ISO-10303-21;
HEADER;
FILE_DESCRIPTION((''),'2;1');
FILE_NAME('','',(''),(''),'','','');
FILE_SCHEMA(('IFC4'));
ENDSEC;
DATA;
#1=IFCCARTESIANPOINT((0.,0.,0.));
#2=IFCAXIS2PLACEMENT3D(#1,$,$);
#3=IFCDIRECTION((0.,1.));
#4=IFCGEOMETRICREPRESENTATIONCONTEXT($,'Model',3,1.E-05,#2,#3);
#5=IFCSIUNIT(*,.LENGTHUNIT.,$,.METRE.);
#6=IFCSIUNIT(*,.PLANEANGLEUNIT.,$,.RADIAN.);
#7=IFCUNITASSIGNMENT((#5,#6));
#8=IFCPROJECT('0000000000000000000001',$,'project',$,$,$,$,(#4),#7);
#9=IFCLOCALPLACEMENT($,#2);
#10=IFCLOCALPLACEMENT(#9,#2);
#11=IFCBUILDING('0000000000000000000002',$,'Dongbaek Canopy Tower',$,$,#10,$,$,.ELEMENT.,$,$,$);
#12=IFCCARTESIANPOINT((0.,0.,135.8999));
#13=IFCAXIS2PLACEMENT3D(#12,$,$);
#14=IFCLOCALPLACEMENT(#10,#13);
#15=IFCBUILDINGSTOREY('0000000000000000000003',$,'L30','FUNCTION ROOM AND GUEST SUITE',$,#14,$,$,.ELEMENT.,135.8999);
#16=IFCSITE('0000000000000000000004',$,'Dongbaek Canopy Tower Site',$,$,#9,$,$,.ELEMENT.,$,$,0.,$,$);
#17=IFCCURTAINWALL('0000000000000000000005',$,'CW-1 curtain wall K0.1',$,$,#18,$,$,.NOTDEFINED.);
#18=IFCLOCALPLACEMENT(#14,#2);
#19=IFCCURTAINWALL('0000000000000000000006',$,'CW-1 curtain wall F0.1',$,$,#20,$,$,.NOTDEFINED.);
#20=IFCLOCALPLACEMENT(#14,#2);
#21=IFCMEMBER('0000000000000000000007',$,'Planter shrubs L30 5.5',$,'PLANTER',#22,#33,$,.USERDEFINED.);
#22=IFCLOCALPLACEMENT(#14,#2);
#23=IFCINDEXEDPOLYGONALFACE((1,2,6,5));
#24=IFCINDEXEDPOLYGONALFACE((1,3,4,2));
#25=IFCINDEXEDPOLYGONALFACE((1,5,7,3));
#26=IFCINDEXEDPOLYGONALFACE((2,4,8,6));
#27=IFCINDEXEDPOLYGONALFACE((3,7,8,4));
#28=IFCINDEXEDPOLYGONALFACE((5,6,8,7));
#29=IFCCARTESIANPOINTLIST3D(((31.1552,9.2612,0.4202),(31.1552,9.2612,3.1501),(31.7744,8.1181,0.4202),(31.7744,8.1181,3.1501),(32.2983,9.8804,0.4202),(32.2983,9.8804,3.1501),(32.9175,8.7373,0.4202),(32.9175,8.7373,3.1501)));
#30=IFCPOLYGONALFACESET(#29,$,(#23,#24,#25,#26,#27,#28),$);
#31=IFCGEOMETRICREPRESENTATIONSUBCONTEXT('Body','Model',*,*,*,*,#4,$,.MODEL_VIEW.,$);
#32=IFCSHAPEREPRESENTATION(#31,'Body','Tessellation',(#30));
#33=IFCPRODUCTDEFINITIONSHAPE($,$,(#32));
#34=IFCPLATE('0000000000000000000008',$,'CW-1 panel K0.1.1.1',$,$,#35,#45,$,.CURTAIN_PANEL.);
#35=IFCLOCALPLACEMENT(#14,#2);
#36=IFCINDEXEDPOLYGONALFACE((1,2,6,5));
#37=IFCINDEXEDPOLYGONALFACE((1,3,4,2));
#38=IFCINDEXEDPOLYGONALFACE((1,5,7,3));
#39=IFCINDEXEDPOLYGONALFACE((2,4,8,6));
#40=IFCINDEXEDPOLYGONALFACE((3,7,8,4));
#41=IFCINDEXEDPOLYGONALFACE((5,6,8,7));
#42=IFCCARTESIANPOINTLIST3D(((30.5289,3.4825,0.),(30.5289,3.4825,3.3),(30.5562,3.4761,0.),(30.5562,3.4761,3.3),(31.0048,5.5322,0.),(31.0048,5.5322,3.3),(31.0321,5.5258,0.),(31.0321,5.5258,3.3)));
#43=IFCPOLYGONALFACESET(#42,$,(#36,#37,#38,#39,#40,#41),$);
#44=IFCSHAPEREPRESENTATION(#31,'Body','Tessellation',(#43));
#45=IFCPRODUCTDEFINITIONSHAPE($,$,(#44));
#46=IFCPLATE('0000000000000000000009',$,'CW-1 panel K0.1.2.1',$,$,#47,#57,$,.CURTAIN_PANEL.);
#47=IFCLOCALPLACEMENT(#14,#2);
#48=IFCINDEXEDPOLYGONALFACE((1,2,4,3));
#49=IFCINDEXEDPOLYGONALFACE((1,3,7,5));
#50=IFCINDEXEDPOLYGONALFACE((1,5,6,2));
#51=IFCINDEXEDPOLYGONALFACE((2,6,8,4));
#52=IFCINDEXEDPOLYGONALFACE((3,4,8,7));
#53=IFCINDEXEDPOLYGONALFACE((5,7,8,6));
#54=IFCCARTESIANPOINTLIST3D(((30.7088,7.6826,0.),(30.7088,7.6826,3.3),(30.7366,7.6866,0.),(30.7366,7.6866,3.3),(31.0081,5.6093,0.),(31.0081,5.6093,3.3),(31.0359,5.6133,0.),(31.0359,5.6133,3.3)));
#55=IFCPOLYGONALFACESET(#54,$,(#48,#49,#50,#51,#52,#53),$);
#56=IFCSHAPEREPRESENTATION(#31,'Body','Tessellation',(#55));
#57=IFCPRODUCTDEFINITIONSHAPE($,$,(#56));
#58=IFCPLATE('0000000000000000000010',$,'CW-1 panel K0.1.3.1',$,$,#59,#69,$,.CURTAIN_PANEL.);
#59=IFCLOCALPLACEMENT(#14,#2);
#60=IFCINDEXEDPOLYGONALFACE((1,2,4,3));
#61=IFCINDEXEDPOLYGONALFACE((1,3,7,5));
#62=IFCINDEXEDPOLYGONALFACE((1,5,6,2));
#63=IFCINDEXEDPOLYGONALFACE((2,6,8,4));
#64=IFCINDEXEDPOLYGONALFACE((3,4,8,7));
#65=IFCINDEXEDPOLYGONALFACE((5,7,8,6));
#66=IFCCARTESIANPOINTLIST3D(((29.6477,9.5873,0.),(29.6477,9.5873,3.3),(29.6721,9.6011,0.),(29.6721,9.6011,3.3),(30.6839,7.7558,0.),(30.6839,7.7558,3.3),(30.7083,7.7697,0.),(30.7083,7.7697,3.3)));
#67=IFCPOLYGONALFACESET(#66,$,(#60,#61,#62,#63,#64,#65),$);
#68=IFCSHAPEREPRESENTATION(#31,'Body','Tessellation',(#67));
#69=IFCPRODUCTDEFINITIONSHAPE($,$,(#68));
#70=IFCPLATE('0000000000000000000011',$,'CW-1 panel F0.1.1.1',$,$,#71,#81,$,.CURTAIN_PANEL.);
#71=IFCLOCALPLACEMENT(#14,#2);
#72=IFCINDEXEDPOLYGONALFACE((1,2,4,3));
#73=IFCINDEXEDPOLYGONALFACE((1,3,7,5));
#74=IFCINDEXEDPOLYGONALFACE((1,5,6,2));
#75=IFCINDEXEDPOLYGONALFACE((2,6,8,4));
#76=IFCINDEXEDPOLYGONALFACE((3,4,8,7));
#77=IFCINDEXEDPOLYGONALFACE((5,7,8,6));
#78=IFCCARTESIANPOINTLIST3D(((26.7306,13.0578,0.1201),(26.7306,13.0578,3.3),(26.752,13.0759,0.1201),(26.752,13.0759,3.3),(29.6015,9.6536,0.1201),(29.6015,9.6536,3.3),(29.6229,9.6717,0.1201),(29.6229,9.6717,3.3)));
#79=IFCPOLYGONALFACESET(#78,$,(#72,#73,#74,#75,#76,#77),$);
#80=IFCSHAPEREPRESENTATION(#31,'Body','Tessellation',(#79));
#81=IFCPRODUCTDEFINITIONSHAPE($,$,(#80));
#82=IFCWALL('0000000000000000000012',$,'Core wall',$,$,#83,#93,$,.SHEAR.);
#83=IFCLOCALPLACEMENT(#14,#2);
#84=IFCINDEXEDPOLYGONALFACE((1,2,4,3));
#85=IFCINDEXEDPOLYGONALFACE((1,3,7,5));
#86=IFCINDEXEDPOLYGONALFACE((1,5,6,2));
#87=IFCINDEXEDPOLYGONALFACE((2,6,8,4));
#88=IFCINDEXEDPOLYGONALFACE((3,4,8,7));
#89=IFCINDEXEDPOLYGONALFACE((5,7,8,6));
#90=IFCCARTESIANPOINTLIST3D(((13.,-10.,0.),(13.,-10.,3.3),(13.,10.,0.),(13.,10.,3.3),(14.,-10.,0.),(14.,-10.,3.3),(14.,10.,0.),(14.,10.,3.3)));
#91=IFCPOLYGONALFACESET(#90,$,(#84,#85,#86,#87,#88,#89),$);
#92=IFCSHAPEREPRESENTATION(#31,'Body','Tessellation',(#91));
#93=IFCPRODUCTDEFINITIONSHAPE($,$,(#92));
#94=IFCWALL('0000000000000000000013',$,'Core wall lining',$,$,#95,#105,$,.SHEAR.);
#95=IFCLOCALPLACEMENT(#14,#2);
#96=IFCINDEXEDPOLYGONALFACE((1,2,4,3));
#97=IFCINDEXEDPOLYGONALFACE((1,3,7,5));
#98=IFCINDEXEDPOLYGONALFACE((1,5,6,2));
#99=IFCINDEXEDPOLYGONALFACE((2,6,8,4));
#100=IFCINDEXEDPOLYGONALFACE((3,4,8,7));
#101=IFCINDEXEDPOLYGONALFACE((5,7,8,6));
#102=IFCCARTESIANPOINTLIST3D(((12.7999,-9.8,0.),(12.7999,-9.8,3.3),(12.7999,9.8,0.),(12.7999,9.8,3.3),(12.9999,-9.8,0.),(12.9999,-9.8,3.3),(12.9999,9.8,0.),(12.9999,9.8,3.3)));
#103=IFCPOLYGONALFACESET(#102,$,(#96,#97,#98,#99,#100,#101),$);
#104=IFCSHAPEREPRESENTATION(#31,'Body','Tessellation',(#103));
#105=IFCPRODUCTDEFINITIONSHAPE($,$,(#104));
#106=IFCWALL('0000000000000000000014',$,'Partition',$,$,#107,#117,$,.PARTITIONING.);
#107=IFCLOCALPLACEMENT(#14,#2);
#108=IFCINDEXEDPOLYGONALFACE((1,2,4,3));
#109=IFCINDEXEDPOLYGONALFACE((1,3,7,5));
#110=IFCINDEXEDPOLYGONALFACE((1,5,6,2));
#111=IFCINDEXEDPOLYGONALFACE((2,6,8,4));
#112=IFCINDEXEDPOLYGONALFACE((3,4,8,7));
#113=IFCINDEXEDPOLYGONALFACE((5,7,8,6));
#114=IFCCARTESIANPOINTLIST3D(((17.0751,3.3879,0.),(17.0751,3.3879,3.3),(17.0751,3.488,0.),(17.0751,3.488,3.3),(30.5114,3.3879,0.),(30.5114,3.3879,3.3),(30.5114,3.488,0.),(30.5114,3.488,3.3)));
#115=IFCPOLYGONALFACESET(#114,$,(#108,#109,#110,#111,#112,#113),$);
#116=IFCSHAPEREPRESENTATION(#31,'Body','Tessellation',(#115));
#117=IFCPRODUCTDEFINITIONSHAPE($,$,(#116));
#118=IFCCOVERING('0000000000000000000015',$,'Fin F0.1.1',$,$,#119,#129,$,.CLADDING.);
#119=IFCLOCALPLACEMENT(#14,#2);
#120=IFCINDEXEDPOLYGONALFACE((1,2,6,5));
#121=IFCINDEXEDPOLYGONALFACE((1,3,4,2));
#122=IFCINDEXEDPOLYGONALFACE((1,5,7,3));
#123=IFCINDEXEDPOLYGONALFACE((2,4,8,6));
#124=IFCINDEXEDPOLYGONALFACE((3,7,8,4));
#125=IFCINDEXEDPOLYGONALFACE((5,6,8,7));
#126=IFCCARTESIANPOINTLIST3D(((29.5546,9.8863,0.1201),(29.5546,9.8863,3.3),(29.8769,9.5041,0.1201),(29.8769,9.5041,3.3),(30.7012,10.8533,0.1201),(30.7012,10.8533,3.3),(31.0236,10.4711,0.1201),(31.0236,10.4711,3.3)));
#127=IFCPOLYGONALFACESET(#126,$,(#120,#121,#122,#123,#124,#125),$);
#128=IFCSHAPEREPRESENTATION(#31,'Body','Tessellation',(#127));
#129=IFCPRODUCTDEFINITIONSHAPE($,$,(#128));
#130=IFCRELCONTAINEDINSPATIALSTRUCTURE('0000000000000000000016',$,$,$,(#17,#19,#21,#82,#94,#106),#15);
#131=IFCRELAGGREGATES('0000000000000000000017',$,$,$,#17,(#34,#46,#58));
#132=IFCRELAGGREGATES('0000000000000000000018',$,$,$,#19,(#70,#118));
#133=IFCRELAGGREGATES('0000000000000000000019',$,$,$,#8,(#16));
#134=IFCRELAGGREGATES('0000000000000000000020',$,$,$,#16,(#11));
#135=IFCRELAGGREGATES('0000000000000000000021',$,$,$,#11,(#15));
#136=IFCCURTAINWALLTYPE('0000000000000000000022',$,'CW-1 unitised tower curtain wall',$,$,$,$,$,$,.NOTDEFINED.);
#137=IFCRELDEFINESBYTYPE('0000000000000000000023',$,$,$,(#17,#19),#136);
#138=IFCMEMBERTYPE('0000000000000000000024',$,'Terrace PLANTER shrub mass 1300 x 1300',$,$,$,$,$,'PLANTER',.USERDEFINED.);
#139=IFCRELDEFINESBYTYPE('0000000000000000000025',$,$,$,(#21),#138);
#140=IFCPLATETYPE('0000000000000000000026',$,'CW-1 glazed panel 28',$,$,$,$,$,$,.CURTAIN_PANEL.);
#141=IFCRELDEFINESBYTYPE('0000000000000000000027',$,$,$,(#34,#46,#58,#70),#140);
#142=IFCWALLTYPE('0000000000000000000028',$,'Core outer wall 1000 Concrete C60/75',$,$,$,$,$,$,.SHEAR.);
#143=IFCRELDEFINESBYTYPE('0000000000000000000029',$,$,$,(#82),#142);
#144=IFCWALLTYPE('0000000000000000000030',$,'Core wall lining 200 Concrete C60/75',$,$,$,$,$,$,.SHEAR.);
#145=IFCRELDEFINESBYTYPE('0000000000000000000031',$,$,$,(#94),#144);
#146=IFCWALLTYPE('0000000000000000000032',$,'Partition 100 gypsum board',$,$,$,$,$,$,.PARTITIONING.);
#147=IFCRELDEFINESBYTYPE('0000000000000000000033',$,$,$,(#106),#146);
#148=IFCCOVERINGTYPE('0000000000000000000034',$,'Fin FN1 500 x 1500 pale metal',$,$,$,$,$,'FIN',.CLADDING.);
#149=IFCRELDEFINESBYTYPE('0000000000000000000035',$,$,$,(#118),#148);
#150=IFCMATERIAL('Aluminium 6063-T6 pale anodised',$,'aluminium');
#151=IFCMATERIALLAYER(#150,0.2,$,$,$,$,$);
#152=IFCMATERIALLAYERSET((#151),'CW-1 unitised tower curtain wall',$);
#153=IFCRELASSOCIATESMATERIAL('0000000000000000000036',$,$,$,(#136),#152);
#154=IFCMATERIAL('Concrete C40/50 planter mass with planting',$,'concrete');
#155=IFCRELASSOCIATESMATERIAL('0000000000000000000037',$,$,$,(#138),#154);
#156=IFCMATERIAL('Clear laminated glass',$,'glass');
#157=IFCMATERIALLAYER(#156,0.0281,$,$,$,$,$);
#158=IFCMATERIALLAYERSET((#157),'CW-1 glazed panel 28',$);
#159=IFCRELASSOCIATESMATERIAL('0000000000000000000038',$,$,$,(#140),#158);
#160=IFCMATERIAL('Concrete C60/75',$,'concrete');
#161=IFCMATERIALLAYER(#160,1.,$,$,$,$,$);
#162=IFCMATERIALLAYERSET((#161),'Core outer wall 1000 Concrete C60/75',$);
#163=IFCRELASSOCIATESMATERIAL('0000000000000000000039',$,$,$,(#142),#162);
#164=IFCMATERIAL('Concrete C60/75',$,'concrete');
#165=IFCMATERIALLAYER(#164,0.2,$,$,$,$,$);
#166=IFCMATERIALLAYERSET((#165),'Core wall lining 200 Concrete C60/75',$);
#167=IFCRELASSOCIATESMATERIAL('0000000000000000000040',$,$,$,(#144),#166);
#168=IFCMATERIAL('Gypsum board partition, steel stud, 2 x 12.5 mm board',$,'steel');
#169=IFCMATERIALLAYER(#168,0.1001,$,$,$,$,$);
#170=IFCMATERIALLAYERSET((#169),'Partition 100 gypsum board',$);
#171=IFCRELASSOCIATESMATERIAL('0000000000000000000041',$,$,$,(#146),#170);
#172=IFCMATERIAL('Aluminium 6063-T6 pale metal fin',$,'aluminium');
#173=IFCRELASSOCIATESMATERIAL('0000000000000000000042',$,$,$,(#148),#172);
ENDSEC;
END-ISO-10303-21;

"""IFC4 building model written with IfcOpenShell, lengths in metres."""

from ifc_helpers import new_model, si_unit, direction, frame, frame_2d, origin, origin_2d, place, context, subcontext, project, spatial, rectangle, extrude, material, layer, layer_set, material_profile, profile_set, type_object, element, aggregate, save


model = new_model("IFC4")

# Units and contexts
model_context = context("Model", 3, precision=1e-05, world=origin(), true_north=direction((0.0, 1.0)))
body_context = subcontext(model_context, "Body", "Model", "MODEL_VIEW")
ifc_project = project(units=[si_unit("LENGTHUNIT", "METRE"), si_unit("PLANEANGLEUNIT", "RADIAN")], contexts=[model_context])

# Site, building, storey
site_placement = place(None, origin())
site = spatial("IfcSite", under=ifc_project, at=site_placement, Name="Dongbaek Canopy Tower Site", CompositionType="ELEMENT", RefElevation=0.0)
building_placement = place(site_placement, origin())
building = spatial("IfcBuilding", under=site, at=building_placement, Name="Dongbaek Canopy Tower", CompositionType="ELEMENT")
storey_placement = place(building_placement, frame((0.0, 0.0, 135.8999)))
storey = spatial("IfcBuildingStorey", under=building, at=storey_placement, Name="L30", Description="FUNCTION ROOM AND GUEST SUITE", CompositionType="ELEMENT", Elevation=135.8999)

# Curtain wall
ifc_material_1 = material(Name="Aluminium 6063-T6 pale anodised", Category="aluminium")
ifc_layer_1 = layer(ifc_material_1, 0.2)
ifc_layer_set_1 = layer_set([ifc_layer_1], Name="CW-1 unitised tower curtain wall")
curtain_wall_type = type_object("IfcCurtainWallType", Name="CW-1 unitised tower curtain wall", PredefinedType="NOTDEFINED", material=ifc_layer_set_1)
curtain_wall_1_placement = place(storey_placement, origin())
curtain_wall_1 = element("IfcCurtainWall", 1, at=curtain_wall_1_placement, inside=storey, type_object=curtain_wall_type, Name="CW-1 curtain wall K0.1", PredefinedType="NOTDEFINED")

# Curtain wall
curtain_wall_2_placement = place(storey_placement, origin())
curtain_wall_2 = element("IfcCurtainWall", 2, at=curtain_wall_2_placement, inside=storey, type_object=curtain_wall_type, Name="CW-1 curtain wall F0.1", PredefinedType="NOTDEFINED")

# Member
ifc_material_2 = material(Name="Concrete C40/50 planter mass with planting", Category="concrete")
ifc_material_profile_1 = material_profile(ifc_material_2, rectangle(XDim=1.3, YDim=1.3, at=origin_2d()), Name="Terrace PLANTER shrub mass 1300 x 1300")
ifc_profile_set_1 = profile_set([ifc_material_profile_1], Name="Concrete C40/50 planter mass with planting")
member_type_1 = type_object("IfcMemberType", Name="Terrace PLANTER shrub mass 1300 x 1300", ElementType="PLANTER", PredefinedType="USERDEFINED", material=ifc_profile_set_1)
member_1_placement = place(storey_placement, frame((32.0364, 8.9993, 0.4202), z_axis=(0.0, 0.0, 1.0), x_axis=(0.879277, 0.476311, 0.0)))
element("IfcMember", 3, at=member_1_placement, inside=storey, type_object=member_type_1, Name="Planter shrubs L30 5.5", ObjectType="PLANTER", PredefinedType="USERDEFINED", context=body_context, shape_type="SweptSolid", body=[
    extrude(rectangle(XDim=1.3, YDim=1.3, at=origin_2d()), origin(), (0.0, 0.0, 1.0), 2.73),
])

# Plates
ifc_material_3 = material(Name="Clear laminated glass", Category="glass")
ifc_layer_2 = layer(ifc_material_3, 0.0281)
ifc_layer_set_2 = layer_set([ifc_layer_2], Name="CW-1 glazed panel 28")
plate_type = type_object("IfcPlateType", Name="CW-1 glazed panel 28", PredefinedType="CURTAIN_PANEL", material=ifc_layer_set_2)
plate_1_placement = place(storey_placement, frame((30.7805, 4.5042, 0.0), z_axis=(0.0, 0.0, 1.0), x_axis=(0.226166, 0.974089, 0.0)))
plate_1 = element("IfcPlate", 4, at=plate_1_placement, type_object=plate_type, Name="CW-1 panel K0.1.1.1", PredefinedType="CURTAIN_PANEL", context=body_context, shape_type="SweptSolid", body=[
    extrude(rectangle(XDim=2.1042, YDim=0.0281, at=origin_2d()), origin(), (0.0, 0.0, 1.0), 3.3),
])
plate_2_placement = place(storey_placement, frame((30.8723, 6.6479, 0.0), z_axis=(0.0, 0.0, 1.0), x_axis=(-0.142876, 0.989741, 0.0)))
plate_2 = element("IfcPlate", 5, at=plate_2_placement, type_object=plate_type, Name="CW-1 panel K0.1.2.1", PredefinedType="CURTAIN_PANEL", context=body_context, shape_type="SweptSolid", body=[
    extrude(rectangle(XDim=2.0947, YDim=0.0281, at=origin_2d()), origin(), (0.0, 0.0, 1.0), 3.3),
])
plate_3_placement = place(storey_placement, frame((30.178, 8.6785, 0.0), z_axis=(0.0, 0.0, 1.0), x_axis=(-0.492424, 0.870356, 0.0)))
plate_3 = element("IfcPlate", 6, at=plate_3_placement, type_object=plate_type, Name="CW-1 panel K0.1.3.1", PredefinedType="CURTAIN_PANEL", context=body_context, shape_type="SweptSolid", body=[
    extrude(rectangle(XDim=2.1042, YDim=0.0281, at=origin_2d()), origin(), (0.0, 0.0, 1.0), 3.3),
])
aggregate(curtain_wall_1, [plate_1, plate_2, plate_3])
plate_4_placement = place(storey_placement, frame((28.1768, 11.3647, 0.1201), z_axis=(0.0, 0.0, 1.0), x_axis=(-0.644696, 0.764439, 0.0)))
plate_4 = element("IfcPlate", 7, at=plate_4_placement, type_object=plate_type, Name="CW-1 panel F0.1.1.1", PredefinedType="CURTAIN_PANEL", context=body_context, shape_type="SweptSolid", body=[
    extrude(rectangle(XDim=4.4531, YDim=0.0281, at=origin_2d()), origin(), (0.0, 0.0, 1.0), 3.1799),
])

# Walls
ifc_material_4 = material(Name="Concrete C60/75", Category="concrete")
ifc_layer_3 = layer(ifc_material_4, 1.0)
ifc_layer_set_3 = layer_set([ifc_layer_3], Name="Core outer wall 1000 Concrete C60/75")
wall_type_1 = type_object("IfcWallType", Name="Core outer wall 1000 Concrete C60/75", PredefinedType="SHEAR", material=ifc_layer_set_3)
wall_1_placement = place(storey_placement, frame((13.5, 10.0, 0.0), z_axis=(0.0, 0.0, 1.0), x_axis=(0.0, -1.0, 0.0)))
element("IfcWall", 8, at=wall_1_placement, inside=storey, type_object=wall_type_1, Name="Core wall", PredefinedType="SHEAR", context=body_context, shape_type="SweptSolid", body=[
    extrude(rectangle(XDim=20.0, YDim=1.0, at=frame_2d((10.0, 0.0))), origin(), (0.0, 0.0, 1.0), 3.3),
])
ifc_material_5 = material(Name="Concrete C60/75", Category="concrete")
ifc_layer_4 = layer(ifc_material_5, 0.2)
ifc_layer_set_4 = layer_set([ifc_layer_4], Name="Core wall lining 200 Concrete C60/75")
wall_type_2 = type_object("IfcWallType", Name="Core wall lining 200 Concrete C60/75", PredefinedType="SHEAR", material=ifc_layer_set_4)
wall_2_placement = place(storey_placement, frame((12.8999, 9.8, 0.0), z_axis=(0.0, 0.0, 1.0), x_axis=(0.0, -1.0, 0.0)))
element("IfcWall", 9, at=wall_2_placement, inside=storey, type_object=wall_type_2, Name="Core wall lining", PredefinedType="SHEAR", context=body_context, shape_type="SweptSolid", body=[
    extrude(rectangle(XDim=19.6001, YDim=0.2, at=frame_2d((9.8, 0.0))), origin(), (0.0, 0.0, 1.0), 3.3),
])
ifc_material_6 = material(Name="Gypsum board partition, steel stud, 2 x 12.5 mm board", Category="steel")
ifc_layer_5 = layer(ifc_material_6, 0.1001)
ifc_layer_set_5 = layer_set([ifc_layer_5], Name="Partition 100 gypsum board")
wall_type_3 = type_object("IfcWallType", Name="Partition 100 gypsum board", PredefinedType="PARTITIONING", material=ifc_layer_set_5)
wall_3_placement = place(storey_placement, frame((17.075, 3.438, 0.0), z_axis=(0.0, 0.0, 1.0), x_axis=(1.0, 0.0, 0.0)))
element("IfcWall", 10, at=wall_3_placement, inside=storey, type_object=wall_type_3, Name="Partition", PredefinedType="PARTITIONING", context=body_context, shape_type="SweptSolid", body=[
    extrude(rectangle(XDim=13.4363, YDim=0.1001, at=frame_2d((6.7183, 0.0))), origin(), (0.0, 0.0, 1.0), 3.3),
])

# Covering
ifc_material_7 = material(Name="Aluminium 6063-T6 pale metal fin", Category="aluminium")
ifc_material_profile_2 = material_profile(ifc_material_7, rectangle(XDim=1.5, YDim=0.5, at=origin_2d()), Name="Fin FN1 500 x 1500 pale metal")
ifc_profile_set_2 = profile_set([ifc_material_profile_2], Name="Aluminium 6063-T6 pale metal fin")
covering_type = type_object("IfcCoveringType", Name="Fin FN1 500 x 1500 pale metal", ElementType="FIN", PredefinedType="CLADDING", material=ifc_profile_set_2)
covering_placement = place(storey_placement, frame((30.2891, 10.1787, 0.1201), z_axis=(0.0, 0.0, 1.0), x_axis=(0.764439, 0.644696, 0.0)))
covering = element("IfcCovering", 11, at=covering_placement, type_object=covering_type, Name="Fin F0.1.1", PredefinedType="CLADDING", context=body_context, shape_type="SweptSolid", body=[
    extrude(rectangle(XDim=1.5, YDim=0.5, at=origin_2d()), origin(), (0.0, 0.0, 1.0), 3.1799),
])
aggregate(curtain_wall_2, [plate_4, covering])

save(model, "model.ifc")
